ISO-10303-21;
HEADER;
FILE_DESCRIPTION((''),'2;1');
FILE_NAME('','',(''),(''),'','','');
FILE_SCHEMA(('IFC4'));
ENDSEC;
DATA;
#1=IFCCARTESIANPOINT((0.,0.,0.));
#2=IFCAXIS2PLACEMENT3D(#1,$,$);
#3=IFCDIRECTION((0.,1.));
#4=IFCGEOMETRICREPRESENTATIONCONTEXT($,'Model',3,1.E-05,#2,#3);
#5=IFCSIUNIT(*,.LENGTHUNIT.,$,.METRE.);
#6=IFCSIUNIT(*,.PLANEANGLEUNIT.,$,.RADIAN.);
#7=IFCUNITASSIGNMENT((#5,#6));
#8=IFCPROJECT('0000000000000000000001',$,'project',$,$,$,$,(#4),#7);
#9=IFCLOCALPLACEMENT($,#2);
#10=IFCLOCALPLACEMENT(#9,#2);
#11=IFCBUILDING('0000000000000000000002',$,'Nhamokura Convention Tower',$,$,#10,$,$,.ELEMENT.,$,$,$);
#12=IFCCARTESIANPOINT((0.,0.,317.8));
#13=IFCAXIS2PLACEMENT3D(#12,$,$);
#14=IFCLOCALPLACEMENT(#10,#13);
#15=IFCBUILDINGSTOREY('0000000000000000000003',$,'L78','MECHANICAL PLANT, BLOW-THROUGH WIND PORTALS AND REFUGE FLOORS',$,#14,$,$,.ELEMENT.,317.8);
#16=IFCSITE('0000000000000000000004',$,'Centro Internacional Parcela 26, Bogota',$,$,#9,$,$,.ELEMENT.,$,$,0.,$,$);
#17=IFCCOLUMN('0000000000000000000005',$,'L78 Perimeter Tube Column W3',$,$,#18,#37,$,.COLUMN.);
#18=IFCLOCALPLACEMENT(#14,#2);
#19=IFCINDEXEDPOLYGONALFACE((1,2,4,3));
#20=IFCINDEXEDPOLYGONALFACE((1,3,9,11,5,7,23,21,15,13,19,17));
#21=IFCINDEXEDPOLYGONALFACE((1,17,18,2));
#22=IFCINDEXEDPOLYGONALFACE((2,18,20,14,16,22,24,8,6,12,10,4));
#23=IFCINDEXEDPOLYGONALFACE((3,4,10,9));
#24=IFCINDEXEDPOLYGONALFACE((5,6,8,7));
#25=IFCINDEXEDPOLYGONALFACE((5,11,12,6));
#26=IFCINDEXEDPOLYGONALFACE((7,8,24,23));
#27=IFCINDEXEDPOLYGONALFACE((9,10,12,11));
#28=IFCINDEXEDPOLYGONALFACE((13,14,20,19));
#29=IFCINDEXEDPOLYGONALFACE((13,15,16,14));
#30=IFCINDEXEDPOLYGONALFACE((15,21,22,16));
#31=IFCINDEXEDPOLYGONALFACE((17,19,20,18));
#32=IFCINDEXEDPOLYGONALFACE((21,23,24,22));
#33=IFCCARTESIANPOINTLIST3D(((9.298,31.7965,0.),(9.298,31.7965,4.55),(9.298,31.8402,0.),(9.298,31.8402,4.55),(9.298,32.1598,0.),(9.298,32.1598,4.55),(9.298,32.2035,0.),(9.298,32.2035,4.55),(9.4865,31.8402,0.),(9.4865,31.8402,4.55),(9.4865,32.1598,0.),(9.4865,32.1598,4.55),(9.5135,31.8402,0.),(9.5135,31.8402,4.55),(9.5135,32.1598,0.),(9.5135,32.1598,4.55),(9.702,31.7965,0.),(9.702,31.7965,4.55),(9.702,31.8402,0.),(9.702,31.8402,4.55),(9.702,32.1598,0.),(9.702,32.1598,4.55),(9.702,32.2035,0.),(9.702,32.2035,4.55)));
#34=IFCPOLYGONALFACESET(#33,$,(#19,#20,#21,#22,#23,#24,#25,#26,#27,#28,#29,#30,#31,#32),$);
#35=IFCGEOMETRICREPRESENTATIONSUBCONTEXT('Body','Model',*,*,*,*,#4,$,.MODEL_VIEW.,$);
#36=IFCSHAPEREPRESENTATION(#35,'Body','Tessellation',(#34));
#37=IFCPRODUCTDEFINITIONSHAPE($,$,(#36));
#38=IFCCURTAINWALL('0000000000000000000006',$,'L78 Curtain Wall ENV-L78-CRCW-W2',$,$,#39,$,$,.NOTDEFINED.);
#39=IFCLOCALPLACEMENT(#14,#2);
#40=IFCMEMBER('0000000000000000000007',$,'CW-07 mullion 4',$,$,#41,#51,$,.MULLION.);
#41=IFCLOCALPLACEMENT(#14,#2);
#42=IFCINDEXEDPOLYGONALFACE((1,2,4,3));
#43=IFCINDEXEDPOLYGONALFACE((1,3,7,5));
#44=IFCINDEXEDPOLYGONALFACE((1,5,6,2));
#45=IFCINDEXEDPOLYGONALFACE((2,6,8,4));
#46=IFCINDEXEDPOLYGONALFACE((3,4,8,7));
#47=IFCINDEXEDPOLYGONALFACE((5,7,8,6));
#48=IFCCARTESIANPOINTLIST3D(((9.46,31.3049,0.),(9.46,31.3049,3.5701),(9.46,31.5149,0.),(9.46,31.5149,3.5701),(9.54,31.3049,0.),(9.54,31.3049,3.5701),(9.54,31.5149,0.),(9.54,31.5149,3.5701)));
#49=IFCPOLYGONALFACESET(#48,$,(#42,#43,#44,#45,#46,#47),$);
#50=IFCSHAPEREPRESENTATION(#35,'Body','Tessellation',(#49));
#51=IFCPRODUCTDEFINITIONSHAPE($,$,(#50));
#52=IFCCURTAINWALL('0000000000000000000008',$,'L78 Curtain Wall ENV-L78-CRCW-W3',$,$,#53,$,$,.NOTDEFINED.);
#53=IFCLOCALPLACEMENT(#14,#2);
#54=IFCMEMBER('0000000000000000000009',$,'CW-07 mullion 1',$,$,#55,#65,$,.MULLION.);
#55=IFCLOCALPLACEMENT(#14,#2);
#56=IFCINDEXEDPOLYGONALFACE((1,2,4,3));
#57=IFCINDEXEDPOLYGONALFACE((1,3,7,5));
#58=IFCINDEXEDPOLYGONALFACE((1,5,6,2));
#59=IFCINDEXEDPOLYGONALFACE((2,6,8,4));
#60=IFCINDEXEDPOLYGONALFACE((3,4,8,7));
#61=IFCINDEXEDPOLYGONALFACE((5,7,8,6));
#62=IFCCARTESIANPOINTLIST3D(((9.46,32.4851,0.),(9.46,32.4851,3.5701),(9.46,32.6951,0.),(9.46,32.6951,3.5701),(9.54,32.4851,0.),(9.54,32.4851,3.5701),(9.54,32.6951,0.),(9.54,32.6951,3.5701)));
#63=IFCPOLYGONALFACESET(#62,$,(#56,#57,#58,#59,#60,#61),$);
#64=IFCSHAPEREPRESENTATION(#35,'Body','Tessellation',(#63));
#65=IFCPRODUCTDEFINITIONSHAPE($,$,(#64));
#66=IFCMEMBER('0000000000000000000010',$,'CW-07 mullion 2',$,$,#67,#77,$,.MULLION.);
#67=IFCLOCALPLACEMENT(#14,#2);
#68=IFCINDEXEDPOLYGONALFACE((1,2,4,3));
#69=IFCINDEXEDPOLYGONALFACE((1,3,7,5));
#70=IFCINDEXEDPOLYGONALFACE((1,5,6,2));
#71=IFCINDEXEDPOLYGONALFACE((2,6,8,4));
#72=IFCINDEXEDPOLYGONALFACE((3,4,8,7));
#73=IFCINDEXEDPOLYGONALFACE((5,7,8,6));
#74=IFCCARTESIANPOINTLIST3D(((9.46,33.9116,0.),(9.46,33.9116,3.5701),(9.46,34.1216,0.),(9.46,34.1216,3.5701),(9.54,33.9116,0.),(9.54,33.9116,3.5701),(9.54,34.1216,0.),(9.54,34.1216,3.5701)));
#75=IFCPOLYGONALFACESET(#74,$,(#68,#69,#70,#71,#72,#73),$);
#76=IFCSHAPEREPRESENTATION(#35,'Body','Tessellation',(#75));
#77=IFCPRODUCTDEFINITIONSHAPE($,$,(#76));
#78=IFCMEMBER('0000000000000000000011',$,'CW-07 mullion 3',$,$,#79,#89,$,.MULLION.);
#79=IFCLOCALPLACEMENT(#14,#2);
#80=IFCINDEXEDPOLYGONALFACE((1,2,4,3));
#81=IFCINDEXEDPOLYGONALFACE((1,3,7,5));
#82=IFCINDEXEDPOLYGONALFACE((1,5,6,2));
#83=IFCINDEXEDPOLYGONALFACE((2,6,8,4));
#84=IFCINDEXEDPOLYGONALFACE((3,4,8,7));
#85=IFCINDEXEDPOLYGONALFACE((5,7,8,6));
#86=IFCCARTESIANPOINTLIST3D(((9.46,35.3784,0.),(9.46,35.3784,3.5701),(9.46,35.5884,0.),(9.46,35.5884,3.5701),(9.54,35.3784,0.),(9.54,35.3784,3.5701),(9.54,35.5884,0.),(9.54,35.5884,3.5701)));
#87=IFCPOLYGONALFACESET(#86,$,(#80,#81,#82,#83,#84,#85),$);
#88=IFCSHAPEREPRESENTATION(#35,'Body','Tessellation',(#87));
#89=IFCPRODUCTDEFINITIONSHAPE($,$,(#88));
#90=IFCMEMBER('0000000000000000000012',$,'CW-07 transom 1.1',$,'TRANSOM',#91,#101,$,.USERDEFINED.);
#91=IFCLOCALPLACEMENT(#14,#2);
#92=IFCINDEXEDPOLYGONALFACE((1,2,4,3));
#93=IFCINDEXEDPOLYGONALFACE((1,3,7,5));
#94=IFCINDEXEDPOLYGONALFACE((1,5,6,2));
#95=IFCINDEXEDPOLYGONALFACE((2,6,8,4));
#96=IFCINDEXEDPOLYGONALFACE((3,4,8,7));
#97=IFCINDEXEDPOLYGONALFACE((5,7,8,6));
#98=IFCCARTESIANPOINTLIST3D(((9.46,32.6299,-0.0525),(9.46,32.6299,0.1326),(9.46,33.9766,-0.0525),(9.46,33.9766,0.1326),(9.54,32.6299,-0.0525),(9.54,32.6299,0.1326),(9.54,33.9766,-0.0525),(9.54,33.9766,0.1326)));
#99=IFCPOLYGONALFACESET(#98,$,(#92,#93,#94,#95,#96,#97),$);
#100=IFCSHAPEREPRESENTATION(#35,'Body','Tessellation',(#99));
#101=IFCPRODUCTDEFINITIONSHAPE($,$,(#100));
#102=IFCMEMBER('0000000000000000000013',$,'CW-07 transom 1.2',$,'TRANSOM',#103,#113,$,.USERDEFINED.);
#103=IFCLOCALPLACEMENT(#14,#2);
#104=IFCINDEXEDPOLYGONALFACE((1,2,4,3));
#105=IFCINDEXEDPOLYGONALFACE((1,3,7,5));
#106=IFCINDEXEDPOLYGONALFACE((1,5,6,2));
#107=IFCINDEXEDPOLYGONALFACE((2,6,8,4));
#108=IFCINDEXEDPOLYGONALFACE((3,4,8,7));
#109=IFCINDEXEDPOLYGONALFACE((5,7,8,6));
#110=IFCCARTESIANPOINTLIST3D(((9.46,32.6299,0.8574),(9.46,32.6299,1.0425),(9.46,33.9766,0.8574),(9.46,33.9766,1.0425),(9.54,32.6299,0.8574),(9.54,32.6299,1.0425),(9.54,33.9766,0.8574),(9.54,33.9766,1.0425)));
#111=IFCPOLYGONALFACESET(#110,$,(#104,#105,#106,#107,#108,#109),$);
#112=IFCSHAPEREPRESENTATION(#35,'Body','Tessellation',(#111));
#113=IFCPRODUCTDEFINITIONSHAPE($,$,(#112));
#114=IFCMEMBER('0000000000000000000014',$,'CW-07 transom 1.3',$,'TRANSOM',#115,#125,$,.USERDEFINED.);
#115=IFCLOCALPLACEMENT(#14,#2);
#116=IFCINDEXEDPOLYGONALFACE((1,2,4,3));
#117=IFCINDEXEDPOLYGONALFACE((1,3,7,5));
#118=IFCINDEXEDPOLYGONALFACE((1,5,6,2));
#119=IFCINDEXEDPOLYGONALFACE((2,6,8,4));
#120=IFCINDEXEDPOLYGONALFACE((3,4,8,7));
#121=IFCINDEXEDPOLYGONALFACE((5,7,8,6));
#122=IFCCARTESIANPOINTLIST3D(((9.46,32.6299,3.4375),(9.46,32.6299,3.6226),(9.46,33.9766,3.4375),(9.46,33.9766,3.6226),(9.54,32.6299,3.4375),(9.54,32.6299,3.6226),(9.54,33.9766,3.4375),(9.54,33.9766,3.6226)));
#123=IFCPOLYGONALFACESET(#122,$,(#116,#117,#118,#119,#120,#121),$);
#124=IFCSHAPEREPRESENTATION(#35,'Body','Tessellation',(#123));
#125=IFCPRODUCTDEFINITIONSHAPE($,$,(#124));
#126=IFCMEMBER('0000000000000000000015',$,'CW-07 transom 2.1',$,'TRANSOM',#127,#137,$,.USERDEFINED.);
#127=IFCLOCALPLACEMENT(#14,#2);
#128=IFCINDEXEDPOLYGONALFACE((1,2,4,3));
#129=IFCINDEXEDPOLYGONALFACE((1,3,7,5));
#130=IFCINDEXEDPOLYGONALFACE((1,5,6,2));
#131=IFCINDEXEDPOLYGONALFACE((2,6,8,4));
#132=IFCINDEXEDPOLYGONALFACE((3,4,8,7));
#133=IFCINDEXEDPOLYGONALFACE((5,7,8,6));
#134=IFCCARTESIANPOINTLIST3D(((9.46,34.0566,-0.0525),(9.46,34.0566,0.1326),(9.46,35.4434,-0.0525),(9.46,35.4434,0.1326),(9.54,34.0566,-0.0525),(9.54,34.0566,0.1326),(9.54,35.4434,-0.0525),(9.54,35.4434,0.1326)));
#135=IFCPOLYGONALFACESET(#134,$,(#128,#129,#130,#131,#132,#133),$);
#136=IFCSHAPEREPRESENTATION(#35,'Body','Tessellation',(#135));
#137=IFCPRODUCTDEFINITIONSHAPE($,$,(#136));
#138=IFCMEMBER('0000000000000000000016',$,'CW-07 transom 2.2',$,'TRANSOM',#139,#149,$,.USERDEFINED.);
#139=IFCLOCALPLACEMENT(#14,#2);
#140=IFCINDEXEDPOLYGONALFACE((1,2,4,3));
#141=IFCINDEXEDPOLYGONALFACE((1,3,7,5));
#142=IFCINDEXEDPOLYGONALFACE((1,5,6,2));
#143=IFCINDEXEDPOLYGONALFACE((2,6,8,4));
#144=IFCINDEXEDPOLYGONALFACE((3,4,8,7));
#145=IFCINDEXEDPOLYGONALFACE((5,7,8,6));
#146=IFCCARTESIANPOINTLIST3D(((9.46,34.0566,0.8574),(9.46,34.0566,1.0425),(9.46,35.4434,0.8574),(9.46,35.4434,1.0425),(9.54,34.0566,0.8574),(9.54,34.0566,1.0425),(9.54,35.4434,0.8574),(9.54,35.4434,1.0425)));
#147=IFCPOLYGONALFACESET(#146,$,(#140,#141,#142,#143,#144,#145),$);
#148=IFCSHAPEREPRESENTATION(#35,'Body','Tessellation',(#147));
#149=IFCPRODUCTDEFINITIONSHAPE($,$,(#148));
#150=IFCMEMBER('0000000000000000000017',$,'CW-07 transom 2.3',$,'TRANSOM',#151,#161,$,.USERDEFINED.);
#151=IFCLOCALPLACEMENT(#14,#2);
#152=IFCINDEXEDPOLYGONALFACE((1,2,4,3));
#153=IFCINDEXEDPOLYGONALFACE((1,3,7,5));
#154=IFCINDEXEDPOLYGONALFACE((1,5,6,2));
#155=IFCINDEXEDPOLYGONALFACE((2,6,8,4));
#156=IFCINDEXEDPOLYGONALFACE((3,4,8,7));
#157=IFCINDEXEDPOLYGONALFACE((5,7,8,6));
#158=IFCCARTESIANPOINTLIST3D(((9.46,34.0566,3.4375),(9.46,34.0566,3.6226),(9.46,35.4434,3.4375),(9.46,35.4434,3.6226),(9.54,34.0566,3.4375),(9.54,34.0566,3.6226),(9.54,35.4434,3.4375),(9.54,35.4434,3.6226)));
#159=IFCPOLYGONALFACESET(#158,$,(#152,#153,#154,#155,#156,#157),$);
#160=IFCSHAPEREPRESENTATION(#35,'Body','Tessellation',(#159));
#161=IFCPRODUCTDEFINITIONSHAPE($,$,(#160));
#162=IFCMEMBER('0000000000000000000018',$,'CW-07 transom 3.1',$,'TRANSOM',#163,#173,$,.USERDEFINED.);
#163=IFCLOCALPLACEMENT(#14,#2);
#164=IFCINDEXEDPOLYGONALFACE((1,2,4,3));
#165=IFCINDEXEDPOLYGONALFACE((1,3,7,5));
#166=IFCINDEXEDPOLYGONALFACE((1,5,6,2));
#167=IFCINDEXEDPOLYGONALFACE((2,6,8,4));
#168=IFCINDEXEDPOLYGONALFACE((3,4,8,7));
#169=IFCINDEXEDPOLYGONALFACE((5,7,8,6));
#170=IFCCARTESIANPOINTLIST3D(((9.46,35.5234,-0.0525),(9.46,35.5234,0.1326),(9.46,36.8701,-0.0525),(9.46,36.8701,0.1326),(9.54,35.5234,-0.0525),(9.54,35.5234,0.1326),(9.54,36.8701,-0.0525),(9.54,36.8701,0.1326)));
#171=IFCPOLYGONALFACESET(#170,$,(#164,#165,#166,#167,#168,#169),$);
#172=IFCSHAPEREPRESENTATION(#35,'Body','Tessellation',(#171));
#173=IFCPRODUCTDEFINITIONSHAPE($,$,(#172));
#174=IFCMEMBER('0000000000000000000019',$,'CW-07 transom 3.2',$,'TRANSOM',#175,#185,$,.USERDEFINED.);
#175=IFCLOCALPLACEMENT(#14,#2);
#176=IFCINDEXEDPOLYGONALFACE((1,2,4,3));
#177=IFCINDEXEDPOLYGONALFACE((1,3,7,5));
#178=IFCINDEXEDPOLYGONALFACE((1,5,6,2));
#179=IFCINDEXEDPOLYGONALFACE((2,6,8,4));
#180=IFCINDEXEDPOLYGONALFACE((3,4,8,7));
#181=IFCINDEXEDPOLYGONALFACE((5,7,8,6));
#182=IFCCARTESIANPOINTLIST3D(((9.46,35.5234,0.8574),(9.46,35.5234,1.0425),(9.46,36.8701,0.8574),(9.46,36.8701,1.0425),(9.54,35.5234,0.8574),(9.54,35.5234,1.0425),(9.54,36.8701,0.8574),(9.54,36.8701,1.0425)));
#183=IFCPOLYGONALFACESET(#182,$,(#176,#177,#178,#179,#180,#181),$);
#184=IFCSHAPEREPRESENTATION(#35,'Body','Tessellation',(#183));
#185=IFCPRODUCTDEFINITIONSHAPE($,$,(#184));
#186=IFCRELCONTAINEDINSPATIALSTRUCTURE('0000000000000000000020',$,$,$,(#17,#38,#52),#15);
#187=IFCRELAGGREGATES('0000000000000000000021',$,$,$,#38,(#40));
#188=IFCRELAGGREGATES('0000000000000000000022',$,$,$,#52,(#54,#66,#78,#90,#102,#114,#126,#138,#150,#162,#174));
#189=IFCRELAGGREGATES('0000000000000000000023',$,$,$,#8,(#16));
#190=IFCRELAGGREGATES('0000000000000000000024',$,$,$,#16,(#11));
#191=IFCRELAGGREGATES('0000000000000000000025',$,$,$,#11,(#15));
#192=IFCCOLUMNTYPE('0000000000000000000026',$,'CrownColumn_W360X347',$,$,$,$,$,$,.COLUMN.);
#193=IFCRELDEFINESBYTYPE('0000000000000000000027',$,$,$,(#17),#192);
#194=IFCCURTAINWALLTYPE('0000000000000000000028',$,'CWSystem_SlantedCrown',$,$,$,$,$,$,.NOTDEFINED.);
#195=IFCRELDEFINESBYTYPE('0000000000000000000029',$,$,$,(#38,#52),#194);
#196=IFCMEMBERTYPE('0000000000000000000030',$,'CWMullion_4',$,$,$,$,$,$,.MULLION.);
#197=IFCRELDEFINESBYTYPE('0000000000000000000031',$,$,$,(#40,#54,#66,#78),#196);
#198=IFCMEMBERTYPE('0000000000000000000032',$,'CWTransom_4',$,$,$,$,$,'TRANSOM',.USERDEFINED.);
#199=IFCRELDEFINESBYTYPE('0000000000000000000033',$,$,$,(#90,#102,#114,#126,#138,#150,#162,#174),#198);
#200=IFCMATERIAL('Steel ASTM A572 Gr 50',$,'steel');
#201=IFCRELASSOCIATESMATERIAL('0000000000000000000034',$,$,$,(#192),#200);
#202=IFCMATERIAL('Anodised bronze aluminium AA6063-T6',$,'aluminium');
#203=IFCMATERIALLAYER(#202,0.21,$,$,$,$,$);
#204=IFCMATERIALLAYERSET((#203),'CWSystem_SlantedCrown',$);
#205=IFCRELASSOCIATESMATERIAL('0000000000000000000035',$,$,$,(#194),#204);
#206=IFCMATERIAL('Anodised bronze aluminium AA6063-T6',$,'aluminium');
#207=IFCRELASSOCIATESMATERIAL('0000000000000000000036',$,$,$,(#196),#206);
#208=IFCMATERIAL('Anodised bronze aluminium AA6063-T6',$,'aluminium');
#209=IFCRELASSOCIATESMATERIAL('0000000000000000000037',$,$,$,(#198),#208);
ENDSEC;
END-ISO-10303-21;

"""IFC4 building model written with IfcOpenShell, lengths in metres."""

from ifc_helpers import new_model, si_unit, direction, frame, origin, origin_2d, place, context, subcontext, project, spatial, rectangle, i_section, extrude, material, layer, layer_set, material_profile, profile_set, type_object, element, aggregate, save


model = new_model("IFC4")

# Units and contexts
model_context = context("Model", 3, precision=1e-05, world=origin(), true_north=direction((0.0, 1.0)))
body_context = subcontext(model_context, "Body", "Model", "MODEL_VIEW")
ifc_project = project(units=[si_unit("LENGTHUNIT", "METRE"), si_unit("PLANEANGLEUNIT", "RADIAN")], contexts=[model_context])

# Site, building, storey
site_placement = place(None, origin())
site = spatial("IfcSite", under=ifc_project, at=site_placement, Name="Centro Internacional Parcela 26, Bogota", CompositionType="ELEMENT", RefElevation=0.0)
building_placement = place(site_placement, origin())
building = spatial("IfcBuilding", under=site, at=building_placement, Name="Nhamokura Convention Tower", CompositionType="ELEMENT")
storey_placement = place(building_placement, frame((0.0, 0.0, 317.8)))
storey = spatial("IfcBuildingStorey", under=building, at=storey_placement, Name="L78", Description="MECHANICAL PLANT, BLOW-THROUGH WIND PORTALS AND REFUGE FLOORS", CompositionType="ELEMENT", Elevation=317.8)

# Column
ifc_material_1 = material(Name="Steel ASTM A572 Gr 50", Category="steel")
ifc_material_profile_1 = material_profile(ifc_material_1, i_section(OverallWidth=0.4041, OverallDepth=0.407, WebThickness=0.0271, FlangeThickness=0.0437, at=origin_2d()))
ifc_profile_set_1 = profile_set([ifc_material_profile_1], Name="Steel ASTM A572 Gr 50")
column_type = type_object("IfcColumnType", Name="CrownColumn_W360X347", PredefinedType="COLUMN", material=ifc_profile_set_1)
column_placement = place(storey_placement, frame((9.5, 32.0, 0.0), z_axis=(0.0, 0.0, 1.0), x_axis=(1.0, 0.0, 0.0)))
element("IfcColumn", 1, at=column_placement, inside=storey, type_object=column_type, Name="L78 Perimeter Tube Column W3", PredefinedType="COLUMN", context=body_context, shape_type="SweptSolid", body=[
    extrude(i_section(OverallWidth=0.4041, OverallDepth=0.407, WebThickness=0.0271, FlangeThickness=0.0437, at=origin_2d()), origin(), (0.0, 0.0, 1.0), 4.55),
])

# Curtain wall, member
ifc_material_2 = material(Name="Anodised bronze aluminium AA6063-T6", Category="aluminium")
ifc_layer_1 = layer(ifc_material_2, 0.21)
ifc_layer_set_1 = layer_set([ifc_layer_1], Name="CWSystem_SlantedCrown")
curtain_wall_type = type_object("IfcCurtainWallType", Name="CWSystem_SlantedCrown", PredefinedType="NOTDEFINED", material=ifc_layer_set_1)
curtain_wall_1_placement = place(storey_placement, origin())
curtain_wall_1 = element("IfcCurtainWall", 2, at=curtain_wall_1_placement, inside=storey, type_object=curtain_wall_type, Name="L78 Curtain Wall ENV-L78-CRCW-W2", PredefinedType="NOTDEFINED")
ifc_material_3 = material(Name="Anodised bronze aluminium AA6063-T6", Category="aluminium")
ifc_material_profile_2 = material_profile(ifc_material_3, rectangle(XDim=0.0801, YDim=0.21, at=origin_2d()))
ifc_profile_set_2 = profile_set([ifc_material_profile_2], Name="Anodised bronze aluminium AA6063-T6")
member_type_1 = type_object("IfcMemberType", Name="CWMullion_4", PredefinedType="MULLION", material=ifc_profile_set_2)
member_1_placement = place(storey_placement, frame((9.5, 31.4099, 0.0), z_axis=(0.0, 0.0, 1.0), x_axis=(-1.0, 0.0, 0.0)))
member_1 = element("IfcMember", 3, at=member_1_placement, type_object=member_type_1, Name="CW-07 mullion 4", PredefinedType="MULLION", context=body_context, shape_type="SweptSolid", body=[
    extrude(rectangle(XDim=0.0801, YDim=0.21, at=origin_2d()), origin(), (0.0, 0.0, 1.0), 3.5701),
])

# Curtain wall, members
curtain_wall_2_placement = place(storey_placement, origin())
curtain_wall_2 = element("IfcCurtainWall", 4, at=curtain_wall_2_placement, inside=storey, type_object=curtain_wall_type, Name="L78 Curtain Wall ENV-L78-CRCW-W3", PredefinedType="NOTDEFINED")
member_2_placement = place(storey_placement, frame((9.5, 32.5901, 0.0), z_axis=(0.0, 0.0, 1.0), x_axis=(-1.0, 0.0, 0.0)))
member_2 = element("IfcMember", 5, at=member_2_placement, type_object=member_type_1, Name="CW-07 mullion 1", PredefinedType="MULLION", context=body_context, shape_type="SweptSolid", body=[
    extrude(rectangle(XDim=0.0801, YDim=0.21, at=origin_2d()), origin(), (0.0, 0.0, 1.0), 3.5701),
])
member_3_placement = place(storey_placement, frame((9.5, 34.0166, 0.0), z_axis=(0.0, 0.0, 1.0), x_axis=(-1.0, 0.0, 0.0)))
member_3 = element("IfcMember", 6, at=member_3_placement, type_object=member_type_1, Name="CW-07 mullion 2", PredefinedType="MULLION", context=body_context, shape_type="SweptSolid", body=[
    extrude(rectangle(XDim=0.0801, YDim=0.21, at=origin_2d()), origin(), (0.0, 0.0, 1.0), 3.5701),
])
member_4_placement = place(storey_placement, frame((9.5, 35.4834, 0.0), z_axis=(0.0, 0.0, 1.0), x_axis=(-1.0, 0.0, 0.0)))
member_4 = element("IfcMember", 7, at=member_4_placement, type_object=member_type_1, Name="CW-07 mullion 3", PredefinedType="MULLION", context=body_context, shape_type="SweptSolid", body=[
    extrude(rectangle(XDim=0.0801, YDim=0.21, at=origin_2d()), origin(), (0.0, 0.0, 1.0), 3.5701),
])
ifc_material_4 = material(Name="Anodised bronze aluminium AA6063-T6", Category="aluminium")
ifc_material_profile_3 = material_profile(ifc_material_4, rectangle(XDim=0.0801, YDim=0.1851, at=origin_2d()))
ifc_profile_set_3 = profile_set([ifc_material_profile_3], Name="Anodised bronze aluminium AA6063-T6")
member_type_2 = type_object("IfcMemberType", Name="CWTransom_4", ElementType="TRANSOM", PredefinedType="USERDEFINED", material=ifc_profile_set_3)
member_5_placement = place(storey_placement, frame((9.5, 32.6299, 0.04), z_axis=(0.0, 1.0, 0.0), x_axis=(-1.0, 0.0, 0.0)))
member_5 = element("IfcMember", 8, at=member_5_placement, type_object=member_type_2, Name="CW-07 transom 1.1", ObjectType="TRANSOM", PredefinedType="USERDEFINED", context=body_context, shape_type="SweptSolid", body=[
    extrude(rectangle(XDim=0.0801, YDim=0.1851, at=origin_2d()), origin(), (0.0, 0.0, 1.0), 1.3467),
])
member_6_placement = place(storey_placement, frame((9.5, 32.6299, 0.95), z_axis=(0.0, 1.0, 0.0), x_axis=(-1.0, 0.0, 0.0)))
member_6 = element("IfcMember", 9, at=member_6_placement, type_object=member_type_2, Name="CW-07 transom 1.2", ObjectType="TRANSOM", PredefinedType="USERDEFINED", context=body_context, shape_type="SweptSolid", body=[
    extrude(rectangle(XDim=0.0801, YDim=0.1851, at=origin_2d()), origin(), (0.0, 0.0, 1.0), 1.3467),
])
member_7_placement = place(storey_placement, frame((9.5, 32.6299, 3.53), z_axis=(0.0, 1.0, 0.0), x_axis=(-1.0, 0.0, 0.0)))
member_7 = element("IfcMember", 10, at=member_7_placement, type_object=member_type_2, Name="CW-07 transom 1.3", ObjectType="TRANSOM", PredefinedType="USERDEFINED", context=body_context, shape_type="SweptSolid", body=[
    extrude(rectangle(XDim=0.0801, YDim=0.1851, at=origin_2d()), origin(), (0.0, 0.0, 1.0), 1.3467),
])
member_8_placement = place(storey_placement, frame((9.5, 34.0566, 0.04), z_axis=(0.0, 1.0, 0.0), x_axis=(-1.0, 0.0, 0.0)))
member_8 = element("IfcMember", 11, at=member_8_placement, type_object=member_type_2, Name="CW-07 transom 2.1", ObjectType="TRANSOM", PredefinedType="USERDEFINED", context=body_context, shape_type="SweptSolid", body=[
    extrude(rectangle(XDim=0.0801, YDim=0.1851, at=origin_2d()), origin(), (0.0, 0.0, 1.0), 1.3867),
])
member_9_placement = place(storey_placement, frame((9.5, 34.0566, 0.95), z_axis=(0.0, 1.0, 0.0), x_axis=(-1.0, 0.0, 0.0)))
member_9 = element("IfcMember", 12, at=member_9_placement, type_object=member_type_2, Name="CW-07 transom 2.2", ObjectType="TRANSOM", PredefinedType="USERDEFINED", context=body_context, shape_type="SweptSolid", body=[
    extrude(rectangle(XDim=0.0801, YDim=0.1851, at=origin_2d()), origin(), (0.0, 0.0, 1.0), 1.3867),
])
member_10_placement = place(storey_placement, frame((9.5, 34.0566, 3.53), z_axis=(0.0, 1.0, 0.0), x_axis=(-1.0, 0.0, 0.0)))
member_10 = element("IfcMember", 13, at=member_10_placement, type_object=member_type_2, Name="CW-07 transom 2.3", ObjectType="TRANSOM", PredefinedType="USERDEFINED", context=body_context, shape_type="SweptSolid", body=[
    extrude(rectangle(XDim=0.0801, YDim=0.1851, at=origin_2d()), origin(), (0.0, 0.0, 1.0), 1.3867),
])
member_11_placement = place(storey_placement, frame((9.5, 35.5234, 0.04), z_axis=(0.0, 1.0, 0.0), x_axis=(-1.0, 0.0, 0.0)))
member_11 = element("IfcMember", 14, at=member_11_placement, type_object=member_type_2, Name="CW-07 transom 3.1", ObjectType="TRANSOM", PredefinedType="USERDEFINED", context=body_context, shape_type="SweptSolid", body=[
    extrude(rectangle(XDim=0.0801, YDim=0.1851, at=origin_2d()), origin(), (0.0, 0.0, 1.0), 1.3467),
])
member_12_placement = place(storey_placement, frame((9.5, 35.5234, 0.95), z_axis=(0.0, 1.0, 0.0), x_axis=(-1.0, 0.0, 0.0)))
member_12 = element("IfcMember", 15, at=member_12_placement, type_object=member_type_2, Name="CW-07 transom 3.2", ObjectType="TRANSOM", PredefinedType="USERDEFINED", context=body_context, shape_type="SweptSolid", body=[
    extrude(rectangle(XDim=0.0801, YDim=0.1851, at=origin_2d()), origin(), (0.0, 0.0, 1.0), 1.3467),
])

aggregate(curtain_wall_1, [member_1])
aggregate(curtain_wall_2, [member_2, member_3, member_4, member_5, member_6, member_7, member_8, member_9, member_10, member_11, member_12])

save(model, "model.ifc")
